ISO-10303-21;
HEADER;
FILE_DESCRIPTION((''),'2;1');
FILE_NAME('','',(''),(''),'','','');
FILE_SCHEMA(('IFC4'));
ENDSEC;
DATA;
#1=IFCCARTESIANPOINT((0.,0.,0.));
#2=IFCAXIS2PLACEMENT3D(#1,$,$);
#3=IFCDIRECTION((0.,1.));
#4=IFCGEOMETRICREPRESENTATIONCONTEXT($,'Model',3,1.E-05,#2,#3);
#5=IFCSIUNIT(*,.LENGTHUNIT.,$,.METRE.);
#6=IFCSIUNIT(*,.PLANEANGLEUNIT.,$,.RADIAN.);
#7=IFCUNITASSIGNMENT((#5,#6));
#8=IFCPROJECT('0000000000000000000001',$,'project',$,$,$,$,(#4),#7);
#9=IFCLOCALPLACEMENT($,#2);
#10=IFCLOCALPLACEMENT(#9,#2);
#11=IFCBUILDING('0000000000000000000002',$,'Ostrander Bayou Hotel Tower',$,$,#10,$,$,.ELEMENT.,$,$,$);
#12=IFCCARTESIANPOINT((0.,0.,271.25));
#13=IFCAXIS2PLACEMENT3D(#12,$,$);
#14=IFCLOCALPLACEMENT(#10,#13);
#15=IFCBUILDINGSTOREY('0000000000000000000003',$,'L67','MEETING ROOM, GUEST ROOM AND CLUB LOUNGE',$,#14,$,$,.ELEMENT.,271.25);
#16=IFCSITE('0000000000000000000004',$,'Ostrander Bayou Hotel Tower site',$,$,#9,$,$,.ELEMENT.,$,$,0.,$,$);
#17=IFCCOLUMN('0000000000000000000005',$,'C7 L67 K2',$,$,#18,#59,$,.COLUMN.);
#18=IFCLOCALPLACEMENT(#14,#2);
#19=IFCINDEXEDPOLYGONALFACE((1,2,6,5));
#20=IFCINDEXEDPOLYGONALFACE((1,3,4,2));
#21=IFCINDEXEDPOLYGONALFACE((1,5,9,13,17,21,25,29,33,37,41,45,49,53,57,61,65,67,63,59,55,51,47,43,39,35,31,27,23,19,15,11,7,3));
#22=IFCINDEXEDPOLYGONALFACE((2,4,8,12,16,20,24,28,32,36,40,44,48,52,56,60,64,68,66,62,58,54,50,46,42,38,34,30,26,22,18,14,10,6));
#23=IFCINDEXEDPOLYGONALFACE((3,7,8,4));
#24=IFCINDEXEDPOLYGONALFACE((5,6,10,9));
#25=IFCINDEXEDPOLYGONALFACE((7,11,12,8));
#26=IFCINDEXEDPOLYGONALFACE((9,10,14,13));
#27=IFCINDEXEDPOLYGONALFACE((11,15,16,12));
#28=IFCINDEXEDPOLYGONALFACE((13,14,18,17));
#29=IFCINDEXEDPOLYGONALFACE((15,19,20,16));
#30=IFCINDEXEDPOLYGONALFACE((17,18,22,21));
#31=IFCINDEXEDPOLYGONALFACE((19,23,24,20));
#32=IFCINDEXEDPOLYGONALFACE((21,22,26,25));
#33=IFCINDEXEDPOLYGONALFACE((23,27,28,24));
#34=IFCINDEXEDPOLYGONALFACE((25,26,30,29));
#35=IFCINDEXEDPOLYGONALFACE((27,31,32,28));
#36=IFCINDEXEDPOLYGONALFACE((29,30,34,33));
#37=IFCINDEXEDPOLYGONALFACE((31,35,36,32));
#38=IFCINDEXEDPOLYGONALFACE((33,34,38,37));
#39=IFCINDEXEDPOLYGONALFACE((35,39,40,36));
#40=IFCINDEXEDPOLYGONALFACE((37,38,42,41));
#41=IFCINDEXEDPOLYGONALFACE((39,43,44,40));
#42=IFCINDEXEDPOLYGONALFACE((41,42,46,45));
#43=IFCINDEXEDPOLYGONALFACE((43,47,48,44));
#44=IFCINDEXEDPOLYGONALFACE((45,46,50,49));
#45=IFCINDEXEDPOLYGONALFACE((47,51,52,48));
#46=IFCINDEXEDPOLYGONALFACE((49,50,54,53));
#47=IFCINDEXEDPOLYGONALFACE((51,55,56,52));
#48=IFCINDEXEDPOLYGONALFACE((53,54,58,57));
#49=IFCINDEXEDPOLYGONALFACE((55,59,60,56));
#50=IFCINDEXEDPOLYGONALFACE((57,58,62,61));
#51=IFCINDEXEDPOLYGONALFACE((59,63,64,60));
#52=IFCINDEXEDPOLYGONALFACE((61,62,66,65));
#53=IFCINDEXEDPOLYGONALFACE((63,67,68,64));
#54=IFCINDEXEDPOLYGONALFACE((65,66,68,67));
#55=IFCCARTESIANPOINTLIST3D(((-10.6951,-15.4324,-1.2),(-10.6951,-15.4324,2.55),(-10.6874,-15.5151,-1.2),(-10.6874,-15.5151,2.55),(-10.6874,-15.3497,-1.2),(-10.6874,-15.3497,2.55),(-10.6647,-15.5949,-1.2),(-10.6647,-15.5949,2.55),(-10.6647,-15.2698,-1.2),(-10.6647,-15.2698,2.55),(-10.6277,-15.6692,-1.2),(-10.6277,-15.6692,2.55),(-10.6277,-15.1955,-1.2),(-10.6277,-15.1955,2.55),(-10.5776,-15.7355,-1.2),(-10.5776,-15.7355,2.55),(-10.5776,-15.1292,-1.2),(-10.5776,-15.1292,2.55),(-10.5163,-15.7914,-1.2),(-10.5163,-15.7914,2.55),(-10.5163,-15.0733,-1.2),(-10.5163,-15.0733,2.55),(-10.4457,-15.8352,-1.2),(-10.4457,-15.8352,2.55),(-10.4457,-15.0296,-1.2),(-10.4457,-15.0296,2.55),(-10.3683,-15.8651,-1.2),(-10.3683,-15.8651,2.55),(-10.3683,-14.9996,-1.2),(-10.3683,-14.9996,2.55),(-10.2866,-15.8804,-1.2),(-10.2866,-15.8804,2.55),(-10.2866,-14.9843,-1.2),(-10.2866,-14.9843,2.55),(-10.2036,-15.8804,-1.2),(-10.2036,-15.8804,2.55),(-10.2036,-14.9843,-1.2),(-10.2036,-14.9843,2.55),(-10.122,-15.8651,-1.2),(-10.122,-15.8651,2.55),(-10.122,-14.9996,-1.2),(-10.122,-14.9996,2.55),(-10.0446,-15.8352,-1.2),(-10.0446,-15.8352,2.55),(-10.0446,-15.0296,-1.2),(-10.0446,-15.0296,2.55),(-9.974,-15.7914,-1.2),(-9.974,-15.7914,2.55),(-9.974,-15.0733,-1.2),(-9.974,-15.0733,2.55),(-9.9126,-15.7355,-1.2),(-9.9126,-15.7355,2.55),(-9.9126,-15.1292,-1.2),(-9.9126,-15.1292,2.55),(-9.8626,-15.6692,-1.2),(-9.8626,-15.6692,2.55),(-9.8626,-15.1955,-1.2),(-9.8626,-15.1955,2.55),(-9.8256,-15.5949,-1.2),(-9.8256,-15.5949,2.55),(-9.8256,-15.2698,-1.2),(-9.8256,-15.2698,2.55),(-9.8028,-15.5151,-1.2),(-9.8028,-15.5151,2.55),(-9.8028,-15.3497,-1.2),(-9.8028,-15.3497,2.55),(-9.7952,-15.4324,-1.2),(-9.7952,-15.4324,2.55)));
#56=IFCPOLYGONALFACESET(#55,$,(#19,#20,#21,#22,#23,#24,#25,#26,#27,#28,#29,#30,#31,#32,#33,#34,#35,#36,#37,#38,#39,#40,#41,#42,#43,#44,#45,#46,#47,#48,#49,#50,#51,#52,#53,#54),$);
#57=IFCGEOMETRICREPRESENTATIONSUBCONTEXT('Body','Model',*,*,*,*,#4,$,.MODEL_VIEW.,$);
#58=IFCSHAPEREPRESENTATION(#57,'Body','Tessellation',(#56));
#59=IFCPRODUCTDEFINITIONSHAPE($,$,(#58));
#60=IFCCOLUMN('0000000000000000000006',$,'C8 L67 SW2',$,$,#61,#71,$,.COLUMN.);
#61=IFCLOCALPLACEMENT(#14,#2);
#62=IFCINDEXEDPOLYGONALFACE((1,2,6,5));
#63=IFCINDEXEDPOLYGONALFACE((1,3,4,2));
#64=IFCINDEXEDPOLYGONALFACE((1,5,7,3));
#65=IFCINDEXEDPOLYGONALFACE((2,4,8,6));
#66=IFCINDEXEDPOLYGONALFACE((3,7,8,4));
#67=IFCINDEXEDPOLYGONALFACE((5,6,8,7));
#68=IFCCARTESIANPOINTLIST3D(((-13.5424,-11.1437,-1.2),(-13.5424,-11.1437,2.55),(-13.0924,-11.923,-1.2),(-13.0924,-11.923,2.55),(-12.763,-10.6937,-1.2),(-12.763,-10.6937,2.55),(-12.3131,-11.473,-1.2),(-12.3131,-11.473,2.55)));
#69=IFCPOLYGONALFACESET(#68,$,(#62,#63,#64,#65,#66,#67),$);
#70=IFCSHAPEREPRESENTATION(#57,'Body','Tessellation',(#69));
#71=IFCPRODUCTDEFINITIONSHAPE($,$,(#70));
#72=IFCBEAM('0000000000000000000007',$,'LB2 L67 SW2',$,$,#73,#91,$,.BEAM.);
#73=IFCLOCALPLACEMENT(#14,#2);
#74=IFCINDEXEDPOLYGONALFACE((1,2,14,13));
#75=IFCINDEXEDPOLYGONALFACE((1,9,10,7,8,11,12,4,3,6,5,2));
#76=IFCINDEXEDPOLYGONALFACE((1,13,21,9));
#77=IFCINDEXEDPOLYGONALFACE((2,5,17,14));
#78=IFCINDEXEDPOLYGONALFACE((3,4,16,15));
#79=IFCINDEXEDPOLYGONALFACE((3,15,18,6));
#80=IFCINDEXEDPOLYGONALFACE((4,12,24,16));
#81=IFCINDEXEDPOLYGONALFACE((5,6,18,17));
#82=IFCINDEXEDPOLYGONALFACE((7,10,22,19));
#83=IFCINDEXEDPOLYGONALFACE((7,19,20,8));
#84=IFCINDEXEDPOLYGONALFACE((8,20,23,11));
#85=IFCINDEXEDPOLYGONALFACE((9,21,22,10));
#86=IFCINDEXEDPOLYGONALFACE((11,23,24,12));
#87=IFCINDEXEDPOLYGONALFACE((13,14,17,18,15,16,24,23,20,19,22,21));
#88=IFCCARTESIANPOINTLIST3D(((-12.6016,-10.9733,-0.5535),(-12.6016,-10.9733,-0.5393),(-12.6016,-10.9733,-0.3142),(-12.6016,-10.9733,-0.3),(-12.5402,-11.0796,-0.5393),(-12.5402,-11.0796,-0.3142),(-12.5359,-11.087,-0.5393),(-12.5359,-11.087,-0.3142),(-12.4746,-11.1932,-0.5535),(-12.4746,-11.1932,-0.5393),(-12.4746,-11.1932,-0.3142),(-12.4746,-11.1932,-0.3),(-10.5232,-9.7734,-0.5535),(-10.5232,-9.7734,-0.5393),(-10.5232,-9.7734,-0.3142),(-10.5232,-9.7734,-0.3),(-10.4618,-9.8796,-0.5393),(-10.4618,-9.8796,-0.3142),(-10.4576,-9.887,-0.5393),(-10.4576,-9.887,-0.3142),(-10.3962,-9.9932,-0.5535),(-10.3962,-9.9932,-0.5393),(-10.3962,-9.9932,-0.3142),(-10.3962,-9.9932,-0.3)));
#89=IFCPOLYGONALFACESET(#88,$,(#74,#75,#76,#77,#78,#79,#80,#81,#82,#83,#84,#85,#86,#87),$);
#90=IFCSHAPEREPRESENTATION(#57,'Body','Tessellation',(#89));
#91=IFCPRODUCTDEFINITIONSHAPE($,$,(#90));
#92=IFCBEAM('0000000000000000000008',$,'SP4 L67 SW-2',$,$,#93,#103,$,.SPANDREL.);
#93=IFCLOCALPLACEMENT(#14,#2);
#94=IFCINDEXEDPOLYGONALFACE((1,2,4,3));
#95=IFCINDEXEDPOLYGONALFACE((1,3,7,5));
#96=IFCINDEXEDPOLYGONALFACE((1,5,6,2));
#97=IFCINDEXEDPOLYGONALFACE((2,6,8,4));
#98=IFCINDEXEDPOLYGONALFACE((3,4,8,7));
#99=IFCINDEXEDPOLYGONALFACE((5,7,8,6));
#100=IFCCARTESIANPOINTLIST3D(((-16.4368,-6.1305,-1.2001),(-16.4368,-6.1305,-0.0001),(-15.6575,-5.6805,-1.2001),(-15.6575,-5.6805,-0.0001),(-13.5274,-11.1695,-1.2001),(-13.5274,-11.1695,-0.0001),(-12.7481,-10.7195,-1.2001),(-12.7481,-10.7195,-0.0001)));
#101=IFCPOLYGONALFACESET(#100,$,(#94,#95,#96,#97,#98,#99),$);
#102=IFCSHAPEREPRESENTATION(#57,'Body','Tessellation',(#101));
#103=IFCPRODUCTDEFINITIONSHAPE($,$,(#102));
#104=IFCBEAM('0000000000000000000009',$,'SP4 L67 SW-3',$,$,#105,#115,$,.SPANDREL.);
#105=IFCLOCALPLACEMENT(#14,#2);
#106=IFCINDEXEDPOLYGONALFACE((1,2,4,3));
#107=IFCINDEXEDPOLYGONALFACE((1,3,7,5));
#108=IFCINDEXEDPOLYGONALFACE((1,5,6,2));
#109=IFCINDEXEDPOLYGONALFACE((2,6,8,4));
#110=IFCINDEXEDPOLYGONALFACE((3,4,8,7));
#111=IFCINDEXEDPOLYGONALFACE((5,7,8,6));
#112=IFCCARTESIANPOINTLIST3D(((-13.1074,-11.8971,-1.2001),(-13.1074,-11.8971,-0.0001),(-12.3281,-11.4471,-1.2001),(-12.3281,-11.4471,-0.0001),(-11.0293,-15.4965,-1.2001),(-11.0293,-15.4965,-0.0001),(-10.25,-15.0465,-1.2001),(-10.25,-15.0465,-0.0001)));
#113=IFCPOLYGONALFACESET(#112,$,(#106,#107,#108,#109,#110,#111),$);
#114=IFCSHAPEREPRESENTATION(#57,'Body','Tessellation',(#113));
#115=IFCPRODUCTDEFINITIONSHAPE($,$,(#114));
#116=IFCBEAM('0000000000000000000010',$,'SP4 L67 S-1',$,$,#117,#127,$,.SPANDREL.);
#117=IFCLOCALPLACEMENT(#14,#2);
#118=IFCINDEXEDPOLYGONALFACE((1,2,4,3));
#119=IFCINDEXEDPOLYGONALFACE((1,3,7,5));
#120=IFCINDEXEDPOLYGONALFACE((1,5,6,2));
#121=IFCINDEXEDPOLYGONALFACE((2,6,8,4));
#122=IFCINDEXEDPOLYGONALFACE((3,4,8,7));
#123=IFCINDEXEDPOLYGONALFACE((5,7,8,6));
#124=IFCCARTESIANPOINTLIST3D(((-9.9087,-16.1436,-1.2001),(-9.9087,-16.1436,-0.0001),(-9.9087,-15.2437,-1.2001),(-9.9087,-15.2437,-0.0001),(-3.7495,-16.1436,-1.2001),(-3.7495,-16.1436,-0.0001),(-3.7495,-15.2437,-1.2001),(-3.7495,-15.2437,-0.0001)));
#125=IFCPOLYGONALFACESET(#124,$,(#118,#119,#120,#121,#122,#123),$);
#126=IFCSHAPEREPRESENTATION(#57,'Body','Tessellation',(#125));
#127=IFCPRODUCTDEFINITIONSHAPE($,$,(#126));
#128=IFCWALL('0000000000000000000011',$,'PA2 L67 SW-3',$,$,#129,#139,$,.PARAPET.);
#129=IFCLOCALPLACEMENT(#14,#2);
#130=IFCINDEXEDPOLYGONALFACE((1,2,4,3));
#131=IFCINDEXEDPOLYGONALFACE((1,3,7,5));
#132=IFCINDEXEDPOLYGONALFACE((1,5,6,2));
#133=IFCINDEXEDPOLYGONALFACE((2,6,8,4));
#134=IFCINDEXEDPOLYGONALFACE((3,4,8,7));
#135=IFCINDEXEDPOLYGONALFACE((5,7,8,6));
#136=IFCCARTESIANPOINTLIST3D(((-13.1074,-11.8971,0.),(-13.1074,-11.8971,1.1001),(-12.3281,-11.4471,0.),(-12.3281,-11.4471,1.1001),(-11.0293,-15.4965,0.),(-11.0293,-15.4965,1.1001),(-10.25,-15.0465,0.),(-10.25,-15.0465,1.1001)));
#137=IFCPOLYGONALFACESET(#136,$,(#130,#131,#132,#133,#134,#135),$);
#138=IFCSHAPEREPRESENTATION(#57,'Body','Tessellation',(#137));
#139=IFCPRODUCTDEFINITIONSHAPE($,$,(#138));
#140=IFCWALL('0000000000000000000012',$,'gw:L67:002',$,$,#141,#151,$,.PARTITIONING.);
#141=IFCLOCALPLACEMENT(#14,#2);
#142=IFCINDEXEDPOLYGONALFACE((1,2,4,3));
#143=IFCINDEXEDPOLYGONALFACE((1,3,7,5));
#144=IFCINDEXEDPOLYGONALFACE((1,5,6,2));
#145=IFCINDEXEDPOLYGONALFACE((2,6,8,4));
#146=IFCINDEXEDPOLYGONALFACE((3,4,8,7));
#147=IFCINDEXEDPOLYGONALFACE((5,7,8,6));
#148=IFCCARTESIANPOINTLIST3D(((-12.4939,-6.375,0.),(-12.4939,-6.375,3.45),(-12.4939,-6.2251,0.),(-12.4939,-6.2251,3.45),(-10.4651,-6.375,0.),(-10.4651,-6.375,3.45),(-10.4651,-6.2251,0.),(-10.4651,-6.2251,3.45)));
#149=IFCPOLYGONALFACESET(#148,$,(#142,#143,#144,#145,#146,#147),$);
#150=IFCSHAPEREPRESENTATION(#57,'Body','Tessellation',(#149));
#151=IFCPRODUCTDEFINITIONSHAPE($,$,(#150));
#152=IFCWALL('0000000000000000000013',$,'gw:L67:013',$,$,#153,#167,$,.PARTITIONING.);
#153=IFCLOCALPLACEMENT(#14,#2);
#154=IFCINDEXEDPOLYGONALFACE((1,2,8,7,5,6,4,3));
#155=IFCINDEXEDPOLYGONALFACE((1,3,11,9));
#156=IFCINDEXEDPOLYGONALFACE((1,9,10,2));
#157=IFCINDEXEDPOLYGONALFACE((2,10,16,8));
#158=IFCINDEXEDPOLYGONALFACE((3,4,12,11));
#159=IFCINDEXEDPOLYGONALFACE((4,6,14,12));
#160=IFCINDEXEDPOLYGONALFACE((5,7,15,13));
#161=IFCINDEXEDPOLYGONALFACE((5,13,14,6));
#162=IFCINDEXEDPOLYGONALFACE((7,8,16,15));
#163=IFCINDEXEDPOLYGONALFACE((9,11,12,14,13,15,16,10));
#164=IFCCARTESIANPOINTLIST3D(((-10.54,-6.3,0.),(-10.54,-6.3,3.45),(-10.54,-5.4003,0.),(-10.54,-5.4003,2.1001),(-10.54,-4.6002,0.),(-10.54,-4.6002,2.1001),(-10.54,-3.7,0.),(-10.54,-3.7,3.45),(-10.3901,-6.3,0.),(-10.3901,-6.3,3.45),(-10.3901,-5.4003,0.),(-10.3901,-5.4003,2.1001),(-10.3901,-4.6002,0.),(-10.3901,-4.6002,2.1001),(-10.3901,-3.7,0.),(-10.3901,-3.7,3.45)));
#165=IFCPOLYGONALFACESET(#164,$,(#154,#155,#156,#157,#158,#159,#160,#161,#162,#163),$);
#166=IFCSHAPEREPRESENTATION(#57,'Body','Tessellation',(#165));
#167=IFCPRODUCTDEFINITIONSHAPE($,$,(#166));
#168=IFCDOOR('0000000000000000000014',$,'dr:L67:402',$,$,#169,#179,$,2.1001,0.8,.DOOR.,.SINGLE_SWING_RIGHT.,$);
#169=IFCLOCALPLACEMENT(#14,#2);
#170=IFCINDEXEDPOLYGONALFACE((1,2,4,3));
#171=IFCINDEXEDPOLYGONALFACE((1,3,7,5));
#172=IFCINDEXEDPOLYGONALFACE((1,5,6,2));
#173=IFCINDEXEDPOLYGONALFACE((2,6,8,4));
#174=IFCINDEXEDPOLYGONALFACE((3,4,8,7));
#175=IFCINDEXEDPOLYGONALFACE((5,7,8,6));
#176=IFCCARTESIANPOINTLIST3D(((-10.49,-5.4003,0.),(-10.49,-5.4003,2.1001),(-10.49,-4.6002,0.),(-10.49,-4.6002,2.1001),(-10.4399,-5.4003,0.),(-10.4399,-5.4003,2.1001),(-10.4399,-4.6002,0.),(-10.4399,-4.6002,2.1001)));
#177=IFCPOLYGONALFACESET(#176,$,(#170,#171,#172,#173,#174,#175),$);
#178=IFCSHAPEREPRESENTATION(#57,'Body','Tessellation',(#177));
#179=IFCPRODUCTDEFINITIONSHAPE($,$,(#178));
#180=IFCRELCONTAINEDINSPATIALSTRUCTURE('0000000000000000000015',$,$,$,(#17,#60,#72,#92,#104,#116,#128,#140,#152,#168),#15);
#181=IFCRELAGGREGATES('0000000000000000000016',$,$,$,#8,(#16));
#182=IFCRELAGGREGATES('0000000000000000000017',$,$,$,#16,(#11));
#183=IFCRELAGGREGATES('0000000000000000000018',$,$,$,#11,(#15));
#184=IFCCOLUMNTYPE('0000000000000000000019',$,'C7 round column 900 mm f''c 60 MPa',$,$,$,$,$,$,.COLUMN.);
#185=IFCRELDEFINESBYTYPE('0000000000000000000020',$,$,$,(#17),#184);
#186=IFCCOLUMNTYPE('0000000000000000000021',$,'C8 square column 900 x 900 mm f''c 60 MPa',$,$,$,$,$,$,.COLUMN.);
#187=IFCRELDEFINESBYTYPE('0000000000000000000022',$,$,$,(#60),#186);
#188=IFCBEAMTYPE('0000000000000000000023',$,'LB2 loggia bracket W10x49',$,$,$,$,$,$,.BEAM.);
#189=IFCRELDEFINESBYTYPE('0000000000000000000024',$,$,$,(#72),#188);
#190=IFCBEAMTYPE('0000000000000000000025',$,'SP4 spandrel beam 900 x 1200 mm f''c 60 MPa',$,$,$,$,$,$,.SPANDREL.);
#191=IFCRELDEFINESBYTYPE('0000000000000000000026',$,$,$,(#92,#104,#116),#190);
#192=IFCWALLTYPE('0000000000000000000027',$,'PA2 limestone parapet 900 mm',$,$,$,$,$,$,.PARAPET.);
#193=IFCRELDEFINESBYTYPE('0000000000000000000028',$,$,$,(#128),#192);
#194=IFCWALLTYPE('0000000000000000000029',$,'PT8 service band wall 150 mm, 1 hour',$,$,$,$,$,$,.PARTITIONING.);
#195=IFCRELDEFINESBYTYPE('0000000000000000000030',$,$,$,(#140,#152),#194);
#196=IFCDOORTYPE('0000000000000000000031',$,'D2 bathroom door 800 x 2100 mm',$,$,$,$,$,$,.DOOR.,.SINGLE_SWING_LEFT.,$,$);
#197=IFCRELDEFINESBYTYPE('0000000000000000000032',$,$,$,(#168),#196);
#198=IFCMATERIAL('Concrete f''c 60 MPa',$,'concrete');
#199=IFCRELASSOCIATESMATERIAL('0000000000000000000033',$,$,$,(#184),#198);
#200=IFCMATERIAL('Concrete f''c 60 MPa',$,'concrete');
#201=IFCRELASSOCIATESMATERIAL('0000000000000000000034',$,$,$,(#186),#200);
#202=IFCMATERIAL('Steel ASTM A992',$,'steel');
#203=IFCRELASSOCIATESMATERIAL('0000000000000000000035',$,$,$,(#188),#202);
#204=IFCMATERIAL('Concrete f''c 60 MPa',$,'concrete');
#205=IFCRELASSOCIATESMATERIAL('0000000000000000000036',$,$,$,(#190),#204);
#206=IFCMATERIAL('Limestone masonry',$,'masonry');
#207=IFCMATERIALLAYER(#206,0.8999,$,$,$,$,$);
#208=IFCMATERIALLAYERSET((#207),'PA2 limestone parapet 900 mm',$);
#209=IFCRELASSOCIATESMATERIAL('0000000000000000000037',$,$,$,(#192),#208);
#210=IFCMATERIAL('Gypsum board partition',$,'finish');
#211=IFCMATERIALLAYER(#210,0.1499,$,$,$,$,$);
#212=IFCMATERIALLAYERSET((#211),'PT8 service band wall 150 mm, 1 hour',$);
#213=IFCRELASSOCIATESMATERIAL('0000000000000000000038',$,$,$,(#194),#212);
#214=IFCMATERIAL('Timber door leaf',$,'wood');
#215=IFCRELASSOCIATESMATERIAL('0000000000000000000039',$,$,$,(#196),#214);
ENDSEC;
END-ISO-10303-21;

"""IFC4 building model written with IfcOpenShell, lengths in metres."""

from ifc_helpers import new_model, si_unit, direction, frame, frame_2d, origin, origin_2d, place, context, subcontext, project, spatial, rectangle, circle, i_section, extrude, material, layer, layer_set, material_profile, profile_set, type_object, element, fill, save


model = new_model("IFC4")

# Units and contexts
model_context = context("Model", 3, precision=1e-05, world=origin(), true_north=direction((0.0, 1.0)))
body_context = subcontext(model_context, "Body", "Model", "MODEL_VIEW")
ifc_project = project(units=[si_unit("LENGTHUNIT", "METRE"), si_unit("PLANEANGLEUNIT", "RADIAN")], contexts=[model_context])

# Site, building, storey
site_placement = place(None, origin())
site = spatial("IfcSite", under=ifc_project, at=site_placement, Name="Ostrander Bayou Hotel Tower site", CompositionType="ELEMENT", RefElevation=0.0)
building_placement = place(site_placement, origin())
building = spatial("IfcBuilding", under=site, at=building_placement, Name="Ostrander Bayou Hotel Tower", CompositionType="ELEMENT")
storey_placement = place(building_placement, frame((0.0, 0.0, 271.25)))
storey = spatial("IfcBuildingStorey", under=building, at=storey_placement, Name="L67", Description="MEETING ROOM, GUEST ROOM AND CLUB LOUNGE", CompositionType="ELEMENT", Elevation=271.25)

# Columns
ifc_material_1 = material(Name="Concrete f'c 60 MPa", Category="concrete")
ifc_material_profile_1 = material_profile(ifc_material_1, circle(Radius=0.45, at=origin_2d()))
ifc_profile_set_1 = profile_set([ifc_material_profile_1], Name="Concrete f'c 60 MPa")
column_type_1 = type_object("IfcColumnType", Name="C7 round column 900 mm f'c 60 MPa", PredefinedType="COLUMN", material=ifc_profile_set_1)
column_1_placement = place(storey_placement, frame((-10.2451, -15.4324, -1.2), z_axis=(0.0, 0.0, 1.0), x_axis=(1.0, 0.0, 0.0)))
element("IfcColumn", 1, at=column_1_placement, inside=storey, type_object=column_type_1, Name="C7 L67 K2", PredefinedType="COLUMN", context=body_context, shape_type="SweptSolid", body=[
    extrude(circle(Radius=0.45, at=origin_2d()), origin(), (0.0, 0.0, 1.0), 3.75),
])
ifc_material_2 = material(Name="Concrete f'c 60 MPa", Category="concrete")
ifc_material_profile_2 = material_profile(ifc_material_2, rectangle(XDim=0.8999, YDim=0.8999, at=origin_2d()))
ifc_profile_set_2 = profile_set([ifc_material_profile_2], Name="Concrete f'c 60 MPa")
column_type_2 = type_object("IfcColumnType", Name="C8 square column 900 x 900 mm f'c 60 MPa", PredefinedType="COLUMN", material=ifc_profile_set_2)
column_2_placement = place(storey_placement, frame((-12.9277, -11.3083, -1.2), z_axis=(0.0, 0.0, 1.0), x_axis=(-0.5, 0.866025, 0.0)))
element("IfcColumn", 2, at=column_2_placement, inside=storey, type_object=column_type_2, Name="C8 L67 SW2", PredefinedType="COLUMN", context=body_context, shape_type="SweptSolid", body=[
    extrude(rectangle(XDim=0.8999, YDim=0.8999, at=origin_2d()), origin(), (0.0, 0.0, 1.0), 3.75),
])

# Beams
ifc_material_3 = material(Name="Steel ASTM A992", Category="steel")
ifc_material_profile_3 = material_profile(ifc_material_3, i_section(OverallWidth=0.2539, OverallDepth=0.2534, WebThickness=0.0085, FlangeThickness=0.0142, at=origin_2d()))
ifc_profile_set_3 = profile_set([ifc_material_profile_3], Name="Steel ASTM A992")
beam_type_1 = type_object("IfcBeamType", Name="LB2 loggia bracket W10x49", PredefinedType="BEAM", material=ifc_profile_set_3)
beam_1_placement = place(storey_placement, frame((-12.5381, -11.0833, -0.4268), z_axis=(0.866025, 0.500001, 0.0), x_axis=(-0.500001, 0.866025, 0.0)))
element("IfcBeam", 3, at=beam_1_placement, inside=storey, type_object=beam_type_1, Name="LB2 L67 SW2", PredefinedType="BEAM", context=body_context, shape_type="SweptSolid", body=[
    extrude(i_section(OverallWidth=0.2539, OverallDepth=0.2534, WebThickness=0.0085, FlangeThickness=0.0142, at=origin_2d()), origin(), (0.0, 0.0, 1.0), 2.3999),
])
ifc_material_4 = material(Name="Concrete f'c 60 MPa", Category="concrete")
ifc_material_profile_4 = material_profile(ifc_material_4, rectangle(XDim=0.8999, YDim=1.2, at=origin_2d()))
ifc_profile_set_4 = profile_set([ifc_material_profile_4], Name="Concrete f'c 60 MPa")
beam_type_2 = type_object("IfcBeamType", Name="SP4 spandrel beam 900 x 1200 mm f'c 60 MPa", PredefinedType="SPANDREL", material=ifc_profile_set_4)
beam_2_placement = place(storey_placement, frame((-16.0471, -5.9055, -0.6001), z_axis=(0.500015, -0.866016, 0.0), x_axis=(0.866016, 0.500015, 0.0)))
element("IfcBeam", 4, at=beam_2_placement, inside=storey, type_object=beam_type_2, Name="SP4 L67 SW-2", PredefinedType="SPANDREL", context=body_context, shape_type="SweptSolid", body=[
    extrude(rectangle(XDim=0.8999, YDim=1.2, at=origin_2d()), origin(), (0.0, 0.0, 1.0), 5.8186),
])
beam_3_placement = place(storey_placement, frame((-12.7178, -11.6721, -0.6001), z_axis=(0.500006, -0.866022, 0.0), x_axis=(0.866022, 0.500006, 0.0)))
element("IfcBeam", 5, at=beam_3_placement, inside=storey, type_object=beam_type_2, Name="SP4 L67 SW-3", PredefinedType="SPANDREL", context=body_context, shape_type="SweptSolid", body=[
    extrude(rectangle(XDim=0.8999, YDim=1.2, at=origin_2d()), origin(), (0.0, 0.0, 1.0), 4.1562),
])
beam_4_placement = place(storey_placement, frame((-9.9087, -15.6936, -0.6001), z_axis=(1.0, 0.0, 0.0), x_axis=(0.0, 1.0, 0.0)))
element("IfcBeam", 6, at=beam_4_placement, inside=storey, type_object=beam_type_2, Name="SP4 L67 S-1", PredefinedType="SPANDREL", context=body_context, shape_type="SweptSolid", body=[
    extrude(rectangle(XDim=0.8999, YDim=1.2, at=origin_2d()), origin(), (0.0, 0.0, 1.0), 6.1592),
])

# Walls
ifc_material_5 = material(Name="Limestone masonry", Category="masonry")
ifc_layer_1 = layer(ifc_material_5, 0.8999)
ifc_layer_set_1 = layer_set([ifc_layer_1], Name="PA2 limestone parapet 900 mm")
wall_type_1 = type_object("IfcWallType", Name="PA2 limestone parapet 900 mm", PredefinedType="PARAPET", material=ifc_layer_set_1)
wall_1_placement = place(storey_placement, frame((-12.7178, -11.6721, 0.0), z_axis=(0.0, 0.0, 1.0), x_axis=(0.500006, -0.866022, 0.0)))
element("IfcWall", 7, at=wall_1_placement, inside=storey, type_object=wall_type_1, Name="PA2 L67 SW-3", PredefinedType="PARAPET", context=body_context, shape_type="SweptSolid", body=[
    extrude(rectangle(XDim=4.1562, YDim=0.8999, at=frame_2d((2.0781, 0.0))), origin(), (0.0, 0.0, 1.0), 1.1001),
])
ifc_material_6 = material(Name="Gypsum board partition", Category="finish")
ifc_layer_2 = layer(ifc_material_6, 0.1499)
ifc_layer_set_2 = layer_set([ifc_layer_2], Name="PT8 service band wall 150 mm, 1 hour")
wall_type_2 = type_object("IfcWallType", Name="PT8 service band wall 150 mm, 1 hour", PredefinedType="PARTITIONING", material=ifc_layer_set_2)
wall_2_placement = place(storey_placement, frame((-12.4939, -6.3, 0.0), z_axis=(0.0, 0.0, 1.0), x_axis=(1.0, 0.0, 0.0)))
element("IfcWall", 8, at=wall_2_placement, inside=storey, type_object=wall_type_2, Name="gw:L67:002", PredefinedType="PARTITIONING", context=body_context, shape_type="SweptSolid", body=[
    extrude(rectangle(XDim=2.0288, YDim=0.1499, at=frame_2d((1.0144, 0.0))), origin(), (0.0, 0.0, 1.0), 3.45),
])

# Wall, opening, door
wall_3_placement = place(storey_placement, frame((-10.4651, -6.3, 0.0), z_axis=(0.0, 0.0, 1.0), x_axis=(0.0, 1.0, 0.0)))
wall_3 = element("IfcWall", 9, at=wall_3_placement, inside=storey, type_object=wall_type_2, Name="gw:L67:013", PredefinedType="PARTITIONING", context=body_context, shape_type="SweptSolid", body=[
    extrude(rectangle(XDim=2.6001, YDim=0.1499, at=frame_2d((1.3, 0.0))), origin(), (0.0, 0.0, 1.0), 3.45),
])
opening_placement = place(wall_3_placement, frame((0.8999, 0.0, 0.0)))
opening = element("IfcOpeningElement", 10, at=opening_placement, cuts=wall_3, PredefinedType="OPENING", context=body_context, shape_type="SweptSolid", body=[
    extrude(rectangle(XDim=0.8, YDim=2.1001, at=frame_2d((0.3999, 1.05))), frame((0.0, 0.075, 0.0), z_axis=(0.0, -1.0, 0.0), x_axis=(1.0, 0.0, 0.0)), (0.0, 0.0, 1.0), 0.1499),
])
ifc_material_7 = material(Name="Timber door leaf", Category="wood")
door_type = type_object("IfcDoorType", Name="D2 bathroom door 800 x 2100 mm", OperationType="SINGLE_SWING_LEFT", PredefinedType="DOOR", material=ifc_material_7)
door_placement = place(opening_placement, origin())
door = element("IfcDoor", 11, at=door_placement, inside=storey, type_object=door_type, Name="dr:L67:402", OperationType="SINGLE_SWING_RIGHT", OverallHeight=2.1001, OverallWidth=0.8, PredefinedType="DOOR", context=body_context, shape_type="SweptSolid", body=[
    extrude(rectangle(XDim=0.8, YDim=2.1001, at=frame_2d((0.3999, 1.05))), frame((0.0, 0.0249, 0.0), z_axis=(0.0, -1.0, 0.0), x_axis=(1.0, 0.0, 0.0)), (0.0, 0.0, 1.0), 0.05),
])
fill(opening, door)

save(model, "model.ifc")
